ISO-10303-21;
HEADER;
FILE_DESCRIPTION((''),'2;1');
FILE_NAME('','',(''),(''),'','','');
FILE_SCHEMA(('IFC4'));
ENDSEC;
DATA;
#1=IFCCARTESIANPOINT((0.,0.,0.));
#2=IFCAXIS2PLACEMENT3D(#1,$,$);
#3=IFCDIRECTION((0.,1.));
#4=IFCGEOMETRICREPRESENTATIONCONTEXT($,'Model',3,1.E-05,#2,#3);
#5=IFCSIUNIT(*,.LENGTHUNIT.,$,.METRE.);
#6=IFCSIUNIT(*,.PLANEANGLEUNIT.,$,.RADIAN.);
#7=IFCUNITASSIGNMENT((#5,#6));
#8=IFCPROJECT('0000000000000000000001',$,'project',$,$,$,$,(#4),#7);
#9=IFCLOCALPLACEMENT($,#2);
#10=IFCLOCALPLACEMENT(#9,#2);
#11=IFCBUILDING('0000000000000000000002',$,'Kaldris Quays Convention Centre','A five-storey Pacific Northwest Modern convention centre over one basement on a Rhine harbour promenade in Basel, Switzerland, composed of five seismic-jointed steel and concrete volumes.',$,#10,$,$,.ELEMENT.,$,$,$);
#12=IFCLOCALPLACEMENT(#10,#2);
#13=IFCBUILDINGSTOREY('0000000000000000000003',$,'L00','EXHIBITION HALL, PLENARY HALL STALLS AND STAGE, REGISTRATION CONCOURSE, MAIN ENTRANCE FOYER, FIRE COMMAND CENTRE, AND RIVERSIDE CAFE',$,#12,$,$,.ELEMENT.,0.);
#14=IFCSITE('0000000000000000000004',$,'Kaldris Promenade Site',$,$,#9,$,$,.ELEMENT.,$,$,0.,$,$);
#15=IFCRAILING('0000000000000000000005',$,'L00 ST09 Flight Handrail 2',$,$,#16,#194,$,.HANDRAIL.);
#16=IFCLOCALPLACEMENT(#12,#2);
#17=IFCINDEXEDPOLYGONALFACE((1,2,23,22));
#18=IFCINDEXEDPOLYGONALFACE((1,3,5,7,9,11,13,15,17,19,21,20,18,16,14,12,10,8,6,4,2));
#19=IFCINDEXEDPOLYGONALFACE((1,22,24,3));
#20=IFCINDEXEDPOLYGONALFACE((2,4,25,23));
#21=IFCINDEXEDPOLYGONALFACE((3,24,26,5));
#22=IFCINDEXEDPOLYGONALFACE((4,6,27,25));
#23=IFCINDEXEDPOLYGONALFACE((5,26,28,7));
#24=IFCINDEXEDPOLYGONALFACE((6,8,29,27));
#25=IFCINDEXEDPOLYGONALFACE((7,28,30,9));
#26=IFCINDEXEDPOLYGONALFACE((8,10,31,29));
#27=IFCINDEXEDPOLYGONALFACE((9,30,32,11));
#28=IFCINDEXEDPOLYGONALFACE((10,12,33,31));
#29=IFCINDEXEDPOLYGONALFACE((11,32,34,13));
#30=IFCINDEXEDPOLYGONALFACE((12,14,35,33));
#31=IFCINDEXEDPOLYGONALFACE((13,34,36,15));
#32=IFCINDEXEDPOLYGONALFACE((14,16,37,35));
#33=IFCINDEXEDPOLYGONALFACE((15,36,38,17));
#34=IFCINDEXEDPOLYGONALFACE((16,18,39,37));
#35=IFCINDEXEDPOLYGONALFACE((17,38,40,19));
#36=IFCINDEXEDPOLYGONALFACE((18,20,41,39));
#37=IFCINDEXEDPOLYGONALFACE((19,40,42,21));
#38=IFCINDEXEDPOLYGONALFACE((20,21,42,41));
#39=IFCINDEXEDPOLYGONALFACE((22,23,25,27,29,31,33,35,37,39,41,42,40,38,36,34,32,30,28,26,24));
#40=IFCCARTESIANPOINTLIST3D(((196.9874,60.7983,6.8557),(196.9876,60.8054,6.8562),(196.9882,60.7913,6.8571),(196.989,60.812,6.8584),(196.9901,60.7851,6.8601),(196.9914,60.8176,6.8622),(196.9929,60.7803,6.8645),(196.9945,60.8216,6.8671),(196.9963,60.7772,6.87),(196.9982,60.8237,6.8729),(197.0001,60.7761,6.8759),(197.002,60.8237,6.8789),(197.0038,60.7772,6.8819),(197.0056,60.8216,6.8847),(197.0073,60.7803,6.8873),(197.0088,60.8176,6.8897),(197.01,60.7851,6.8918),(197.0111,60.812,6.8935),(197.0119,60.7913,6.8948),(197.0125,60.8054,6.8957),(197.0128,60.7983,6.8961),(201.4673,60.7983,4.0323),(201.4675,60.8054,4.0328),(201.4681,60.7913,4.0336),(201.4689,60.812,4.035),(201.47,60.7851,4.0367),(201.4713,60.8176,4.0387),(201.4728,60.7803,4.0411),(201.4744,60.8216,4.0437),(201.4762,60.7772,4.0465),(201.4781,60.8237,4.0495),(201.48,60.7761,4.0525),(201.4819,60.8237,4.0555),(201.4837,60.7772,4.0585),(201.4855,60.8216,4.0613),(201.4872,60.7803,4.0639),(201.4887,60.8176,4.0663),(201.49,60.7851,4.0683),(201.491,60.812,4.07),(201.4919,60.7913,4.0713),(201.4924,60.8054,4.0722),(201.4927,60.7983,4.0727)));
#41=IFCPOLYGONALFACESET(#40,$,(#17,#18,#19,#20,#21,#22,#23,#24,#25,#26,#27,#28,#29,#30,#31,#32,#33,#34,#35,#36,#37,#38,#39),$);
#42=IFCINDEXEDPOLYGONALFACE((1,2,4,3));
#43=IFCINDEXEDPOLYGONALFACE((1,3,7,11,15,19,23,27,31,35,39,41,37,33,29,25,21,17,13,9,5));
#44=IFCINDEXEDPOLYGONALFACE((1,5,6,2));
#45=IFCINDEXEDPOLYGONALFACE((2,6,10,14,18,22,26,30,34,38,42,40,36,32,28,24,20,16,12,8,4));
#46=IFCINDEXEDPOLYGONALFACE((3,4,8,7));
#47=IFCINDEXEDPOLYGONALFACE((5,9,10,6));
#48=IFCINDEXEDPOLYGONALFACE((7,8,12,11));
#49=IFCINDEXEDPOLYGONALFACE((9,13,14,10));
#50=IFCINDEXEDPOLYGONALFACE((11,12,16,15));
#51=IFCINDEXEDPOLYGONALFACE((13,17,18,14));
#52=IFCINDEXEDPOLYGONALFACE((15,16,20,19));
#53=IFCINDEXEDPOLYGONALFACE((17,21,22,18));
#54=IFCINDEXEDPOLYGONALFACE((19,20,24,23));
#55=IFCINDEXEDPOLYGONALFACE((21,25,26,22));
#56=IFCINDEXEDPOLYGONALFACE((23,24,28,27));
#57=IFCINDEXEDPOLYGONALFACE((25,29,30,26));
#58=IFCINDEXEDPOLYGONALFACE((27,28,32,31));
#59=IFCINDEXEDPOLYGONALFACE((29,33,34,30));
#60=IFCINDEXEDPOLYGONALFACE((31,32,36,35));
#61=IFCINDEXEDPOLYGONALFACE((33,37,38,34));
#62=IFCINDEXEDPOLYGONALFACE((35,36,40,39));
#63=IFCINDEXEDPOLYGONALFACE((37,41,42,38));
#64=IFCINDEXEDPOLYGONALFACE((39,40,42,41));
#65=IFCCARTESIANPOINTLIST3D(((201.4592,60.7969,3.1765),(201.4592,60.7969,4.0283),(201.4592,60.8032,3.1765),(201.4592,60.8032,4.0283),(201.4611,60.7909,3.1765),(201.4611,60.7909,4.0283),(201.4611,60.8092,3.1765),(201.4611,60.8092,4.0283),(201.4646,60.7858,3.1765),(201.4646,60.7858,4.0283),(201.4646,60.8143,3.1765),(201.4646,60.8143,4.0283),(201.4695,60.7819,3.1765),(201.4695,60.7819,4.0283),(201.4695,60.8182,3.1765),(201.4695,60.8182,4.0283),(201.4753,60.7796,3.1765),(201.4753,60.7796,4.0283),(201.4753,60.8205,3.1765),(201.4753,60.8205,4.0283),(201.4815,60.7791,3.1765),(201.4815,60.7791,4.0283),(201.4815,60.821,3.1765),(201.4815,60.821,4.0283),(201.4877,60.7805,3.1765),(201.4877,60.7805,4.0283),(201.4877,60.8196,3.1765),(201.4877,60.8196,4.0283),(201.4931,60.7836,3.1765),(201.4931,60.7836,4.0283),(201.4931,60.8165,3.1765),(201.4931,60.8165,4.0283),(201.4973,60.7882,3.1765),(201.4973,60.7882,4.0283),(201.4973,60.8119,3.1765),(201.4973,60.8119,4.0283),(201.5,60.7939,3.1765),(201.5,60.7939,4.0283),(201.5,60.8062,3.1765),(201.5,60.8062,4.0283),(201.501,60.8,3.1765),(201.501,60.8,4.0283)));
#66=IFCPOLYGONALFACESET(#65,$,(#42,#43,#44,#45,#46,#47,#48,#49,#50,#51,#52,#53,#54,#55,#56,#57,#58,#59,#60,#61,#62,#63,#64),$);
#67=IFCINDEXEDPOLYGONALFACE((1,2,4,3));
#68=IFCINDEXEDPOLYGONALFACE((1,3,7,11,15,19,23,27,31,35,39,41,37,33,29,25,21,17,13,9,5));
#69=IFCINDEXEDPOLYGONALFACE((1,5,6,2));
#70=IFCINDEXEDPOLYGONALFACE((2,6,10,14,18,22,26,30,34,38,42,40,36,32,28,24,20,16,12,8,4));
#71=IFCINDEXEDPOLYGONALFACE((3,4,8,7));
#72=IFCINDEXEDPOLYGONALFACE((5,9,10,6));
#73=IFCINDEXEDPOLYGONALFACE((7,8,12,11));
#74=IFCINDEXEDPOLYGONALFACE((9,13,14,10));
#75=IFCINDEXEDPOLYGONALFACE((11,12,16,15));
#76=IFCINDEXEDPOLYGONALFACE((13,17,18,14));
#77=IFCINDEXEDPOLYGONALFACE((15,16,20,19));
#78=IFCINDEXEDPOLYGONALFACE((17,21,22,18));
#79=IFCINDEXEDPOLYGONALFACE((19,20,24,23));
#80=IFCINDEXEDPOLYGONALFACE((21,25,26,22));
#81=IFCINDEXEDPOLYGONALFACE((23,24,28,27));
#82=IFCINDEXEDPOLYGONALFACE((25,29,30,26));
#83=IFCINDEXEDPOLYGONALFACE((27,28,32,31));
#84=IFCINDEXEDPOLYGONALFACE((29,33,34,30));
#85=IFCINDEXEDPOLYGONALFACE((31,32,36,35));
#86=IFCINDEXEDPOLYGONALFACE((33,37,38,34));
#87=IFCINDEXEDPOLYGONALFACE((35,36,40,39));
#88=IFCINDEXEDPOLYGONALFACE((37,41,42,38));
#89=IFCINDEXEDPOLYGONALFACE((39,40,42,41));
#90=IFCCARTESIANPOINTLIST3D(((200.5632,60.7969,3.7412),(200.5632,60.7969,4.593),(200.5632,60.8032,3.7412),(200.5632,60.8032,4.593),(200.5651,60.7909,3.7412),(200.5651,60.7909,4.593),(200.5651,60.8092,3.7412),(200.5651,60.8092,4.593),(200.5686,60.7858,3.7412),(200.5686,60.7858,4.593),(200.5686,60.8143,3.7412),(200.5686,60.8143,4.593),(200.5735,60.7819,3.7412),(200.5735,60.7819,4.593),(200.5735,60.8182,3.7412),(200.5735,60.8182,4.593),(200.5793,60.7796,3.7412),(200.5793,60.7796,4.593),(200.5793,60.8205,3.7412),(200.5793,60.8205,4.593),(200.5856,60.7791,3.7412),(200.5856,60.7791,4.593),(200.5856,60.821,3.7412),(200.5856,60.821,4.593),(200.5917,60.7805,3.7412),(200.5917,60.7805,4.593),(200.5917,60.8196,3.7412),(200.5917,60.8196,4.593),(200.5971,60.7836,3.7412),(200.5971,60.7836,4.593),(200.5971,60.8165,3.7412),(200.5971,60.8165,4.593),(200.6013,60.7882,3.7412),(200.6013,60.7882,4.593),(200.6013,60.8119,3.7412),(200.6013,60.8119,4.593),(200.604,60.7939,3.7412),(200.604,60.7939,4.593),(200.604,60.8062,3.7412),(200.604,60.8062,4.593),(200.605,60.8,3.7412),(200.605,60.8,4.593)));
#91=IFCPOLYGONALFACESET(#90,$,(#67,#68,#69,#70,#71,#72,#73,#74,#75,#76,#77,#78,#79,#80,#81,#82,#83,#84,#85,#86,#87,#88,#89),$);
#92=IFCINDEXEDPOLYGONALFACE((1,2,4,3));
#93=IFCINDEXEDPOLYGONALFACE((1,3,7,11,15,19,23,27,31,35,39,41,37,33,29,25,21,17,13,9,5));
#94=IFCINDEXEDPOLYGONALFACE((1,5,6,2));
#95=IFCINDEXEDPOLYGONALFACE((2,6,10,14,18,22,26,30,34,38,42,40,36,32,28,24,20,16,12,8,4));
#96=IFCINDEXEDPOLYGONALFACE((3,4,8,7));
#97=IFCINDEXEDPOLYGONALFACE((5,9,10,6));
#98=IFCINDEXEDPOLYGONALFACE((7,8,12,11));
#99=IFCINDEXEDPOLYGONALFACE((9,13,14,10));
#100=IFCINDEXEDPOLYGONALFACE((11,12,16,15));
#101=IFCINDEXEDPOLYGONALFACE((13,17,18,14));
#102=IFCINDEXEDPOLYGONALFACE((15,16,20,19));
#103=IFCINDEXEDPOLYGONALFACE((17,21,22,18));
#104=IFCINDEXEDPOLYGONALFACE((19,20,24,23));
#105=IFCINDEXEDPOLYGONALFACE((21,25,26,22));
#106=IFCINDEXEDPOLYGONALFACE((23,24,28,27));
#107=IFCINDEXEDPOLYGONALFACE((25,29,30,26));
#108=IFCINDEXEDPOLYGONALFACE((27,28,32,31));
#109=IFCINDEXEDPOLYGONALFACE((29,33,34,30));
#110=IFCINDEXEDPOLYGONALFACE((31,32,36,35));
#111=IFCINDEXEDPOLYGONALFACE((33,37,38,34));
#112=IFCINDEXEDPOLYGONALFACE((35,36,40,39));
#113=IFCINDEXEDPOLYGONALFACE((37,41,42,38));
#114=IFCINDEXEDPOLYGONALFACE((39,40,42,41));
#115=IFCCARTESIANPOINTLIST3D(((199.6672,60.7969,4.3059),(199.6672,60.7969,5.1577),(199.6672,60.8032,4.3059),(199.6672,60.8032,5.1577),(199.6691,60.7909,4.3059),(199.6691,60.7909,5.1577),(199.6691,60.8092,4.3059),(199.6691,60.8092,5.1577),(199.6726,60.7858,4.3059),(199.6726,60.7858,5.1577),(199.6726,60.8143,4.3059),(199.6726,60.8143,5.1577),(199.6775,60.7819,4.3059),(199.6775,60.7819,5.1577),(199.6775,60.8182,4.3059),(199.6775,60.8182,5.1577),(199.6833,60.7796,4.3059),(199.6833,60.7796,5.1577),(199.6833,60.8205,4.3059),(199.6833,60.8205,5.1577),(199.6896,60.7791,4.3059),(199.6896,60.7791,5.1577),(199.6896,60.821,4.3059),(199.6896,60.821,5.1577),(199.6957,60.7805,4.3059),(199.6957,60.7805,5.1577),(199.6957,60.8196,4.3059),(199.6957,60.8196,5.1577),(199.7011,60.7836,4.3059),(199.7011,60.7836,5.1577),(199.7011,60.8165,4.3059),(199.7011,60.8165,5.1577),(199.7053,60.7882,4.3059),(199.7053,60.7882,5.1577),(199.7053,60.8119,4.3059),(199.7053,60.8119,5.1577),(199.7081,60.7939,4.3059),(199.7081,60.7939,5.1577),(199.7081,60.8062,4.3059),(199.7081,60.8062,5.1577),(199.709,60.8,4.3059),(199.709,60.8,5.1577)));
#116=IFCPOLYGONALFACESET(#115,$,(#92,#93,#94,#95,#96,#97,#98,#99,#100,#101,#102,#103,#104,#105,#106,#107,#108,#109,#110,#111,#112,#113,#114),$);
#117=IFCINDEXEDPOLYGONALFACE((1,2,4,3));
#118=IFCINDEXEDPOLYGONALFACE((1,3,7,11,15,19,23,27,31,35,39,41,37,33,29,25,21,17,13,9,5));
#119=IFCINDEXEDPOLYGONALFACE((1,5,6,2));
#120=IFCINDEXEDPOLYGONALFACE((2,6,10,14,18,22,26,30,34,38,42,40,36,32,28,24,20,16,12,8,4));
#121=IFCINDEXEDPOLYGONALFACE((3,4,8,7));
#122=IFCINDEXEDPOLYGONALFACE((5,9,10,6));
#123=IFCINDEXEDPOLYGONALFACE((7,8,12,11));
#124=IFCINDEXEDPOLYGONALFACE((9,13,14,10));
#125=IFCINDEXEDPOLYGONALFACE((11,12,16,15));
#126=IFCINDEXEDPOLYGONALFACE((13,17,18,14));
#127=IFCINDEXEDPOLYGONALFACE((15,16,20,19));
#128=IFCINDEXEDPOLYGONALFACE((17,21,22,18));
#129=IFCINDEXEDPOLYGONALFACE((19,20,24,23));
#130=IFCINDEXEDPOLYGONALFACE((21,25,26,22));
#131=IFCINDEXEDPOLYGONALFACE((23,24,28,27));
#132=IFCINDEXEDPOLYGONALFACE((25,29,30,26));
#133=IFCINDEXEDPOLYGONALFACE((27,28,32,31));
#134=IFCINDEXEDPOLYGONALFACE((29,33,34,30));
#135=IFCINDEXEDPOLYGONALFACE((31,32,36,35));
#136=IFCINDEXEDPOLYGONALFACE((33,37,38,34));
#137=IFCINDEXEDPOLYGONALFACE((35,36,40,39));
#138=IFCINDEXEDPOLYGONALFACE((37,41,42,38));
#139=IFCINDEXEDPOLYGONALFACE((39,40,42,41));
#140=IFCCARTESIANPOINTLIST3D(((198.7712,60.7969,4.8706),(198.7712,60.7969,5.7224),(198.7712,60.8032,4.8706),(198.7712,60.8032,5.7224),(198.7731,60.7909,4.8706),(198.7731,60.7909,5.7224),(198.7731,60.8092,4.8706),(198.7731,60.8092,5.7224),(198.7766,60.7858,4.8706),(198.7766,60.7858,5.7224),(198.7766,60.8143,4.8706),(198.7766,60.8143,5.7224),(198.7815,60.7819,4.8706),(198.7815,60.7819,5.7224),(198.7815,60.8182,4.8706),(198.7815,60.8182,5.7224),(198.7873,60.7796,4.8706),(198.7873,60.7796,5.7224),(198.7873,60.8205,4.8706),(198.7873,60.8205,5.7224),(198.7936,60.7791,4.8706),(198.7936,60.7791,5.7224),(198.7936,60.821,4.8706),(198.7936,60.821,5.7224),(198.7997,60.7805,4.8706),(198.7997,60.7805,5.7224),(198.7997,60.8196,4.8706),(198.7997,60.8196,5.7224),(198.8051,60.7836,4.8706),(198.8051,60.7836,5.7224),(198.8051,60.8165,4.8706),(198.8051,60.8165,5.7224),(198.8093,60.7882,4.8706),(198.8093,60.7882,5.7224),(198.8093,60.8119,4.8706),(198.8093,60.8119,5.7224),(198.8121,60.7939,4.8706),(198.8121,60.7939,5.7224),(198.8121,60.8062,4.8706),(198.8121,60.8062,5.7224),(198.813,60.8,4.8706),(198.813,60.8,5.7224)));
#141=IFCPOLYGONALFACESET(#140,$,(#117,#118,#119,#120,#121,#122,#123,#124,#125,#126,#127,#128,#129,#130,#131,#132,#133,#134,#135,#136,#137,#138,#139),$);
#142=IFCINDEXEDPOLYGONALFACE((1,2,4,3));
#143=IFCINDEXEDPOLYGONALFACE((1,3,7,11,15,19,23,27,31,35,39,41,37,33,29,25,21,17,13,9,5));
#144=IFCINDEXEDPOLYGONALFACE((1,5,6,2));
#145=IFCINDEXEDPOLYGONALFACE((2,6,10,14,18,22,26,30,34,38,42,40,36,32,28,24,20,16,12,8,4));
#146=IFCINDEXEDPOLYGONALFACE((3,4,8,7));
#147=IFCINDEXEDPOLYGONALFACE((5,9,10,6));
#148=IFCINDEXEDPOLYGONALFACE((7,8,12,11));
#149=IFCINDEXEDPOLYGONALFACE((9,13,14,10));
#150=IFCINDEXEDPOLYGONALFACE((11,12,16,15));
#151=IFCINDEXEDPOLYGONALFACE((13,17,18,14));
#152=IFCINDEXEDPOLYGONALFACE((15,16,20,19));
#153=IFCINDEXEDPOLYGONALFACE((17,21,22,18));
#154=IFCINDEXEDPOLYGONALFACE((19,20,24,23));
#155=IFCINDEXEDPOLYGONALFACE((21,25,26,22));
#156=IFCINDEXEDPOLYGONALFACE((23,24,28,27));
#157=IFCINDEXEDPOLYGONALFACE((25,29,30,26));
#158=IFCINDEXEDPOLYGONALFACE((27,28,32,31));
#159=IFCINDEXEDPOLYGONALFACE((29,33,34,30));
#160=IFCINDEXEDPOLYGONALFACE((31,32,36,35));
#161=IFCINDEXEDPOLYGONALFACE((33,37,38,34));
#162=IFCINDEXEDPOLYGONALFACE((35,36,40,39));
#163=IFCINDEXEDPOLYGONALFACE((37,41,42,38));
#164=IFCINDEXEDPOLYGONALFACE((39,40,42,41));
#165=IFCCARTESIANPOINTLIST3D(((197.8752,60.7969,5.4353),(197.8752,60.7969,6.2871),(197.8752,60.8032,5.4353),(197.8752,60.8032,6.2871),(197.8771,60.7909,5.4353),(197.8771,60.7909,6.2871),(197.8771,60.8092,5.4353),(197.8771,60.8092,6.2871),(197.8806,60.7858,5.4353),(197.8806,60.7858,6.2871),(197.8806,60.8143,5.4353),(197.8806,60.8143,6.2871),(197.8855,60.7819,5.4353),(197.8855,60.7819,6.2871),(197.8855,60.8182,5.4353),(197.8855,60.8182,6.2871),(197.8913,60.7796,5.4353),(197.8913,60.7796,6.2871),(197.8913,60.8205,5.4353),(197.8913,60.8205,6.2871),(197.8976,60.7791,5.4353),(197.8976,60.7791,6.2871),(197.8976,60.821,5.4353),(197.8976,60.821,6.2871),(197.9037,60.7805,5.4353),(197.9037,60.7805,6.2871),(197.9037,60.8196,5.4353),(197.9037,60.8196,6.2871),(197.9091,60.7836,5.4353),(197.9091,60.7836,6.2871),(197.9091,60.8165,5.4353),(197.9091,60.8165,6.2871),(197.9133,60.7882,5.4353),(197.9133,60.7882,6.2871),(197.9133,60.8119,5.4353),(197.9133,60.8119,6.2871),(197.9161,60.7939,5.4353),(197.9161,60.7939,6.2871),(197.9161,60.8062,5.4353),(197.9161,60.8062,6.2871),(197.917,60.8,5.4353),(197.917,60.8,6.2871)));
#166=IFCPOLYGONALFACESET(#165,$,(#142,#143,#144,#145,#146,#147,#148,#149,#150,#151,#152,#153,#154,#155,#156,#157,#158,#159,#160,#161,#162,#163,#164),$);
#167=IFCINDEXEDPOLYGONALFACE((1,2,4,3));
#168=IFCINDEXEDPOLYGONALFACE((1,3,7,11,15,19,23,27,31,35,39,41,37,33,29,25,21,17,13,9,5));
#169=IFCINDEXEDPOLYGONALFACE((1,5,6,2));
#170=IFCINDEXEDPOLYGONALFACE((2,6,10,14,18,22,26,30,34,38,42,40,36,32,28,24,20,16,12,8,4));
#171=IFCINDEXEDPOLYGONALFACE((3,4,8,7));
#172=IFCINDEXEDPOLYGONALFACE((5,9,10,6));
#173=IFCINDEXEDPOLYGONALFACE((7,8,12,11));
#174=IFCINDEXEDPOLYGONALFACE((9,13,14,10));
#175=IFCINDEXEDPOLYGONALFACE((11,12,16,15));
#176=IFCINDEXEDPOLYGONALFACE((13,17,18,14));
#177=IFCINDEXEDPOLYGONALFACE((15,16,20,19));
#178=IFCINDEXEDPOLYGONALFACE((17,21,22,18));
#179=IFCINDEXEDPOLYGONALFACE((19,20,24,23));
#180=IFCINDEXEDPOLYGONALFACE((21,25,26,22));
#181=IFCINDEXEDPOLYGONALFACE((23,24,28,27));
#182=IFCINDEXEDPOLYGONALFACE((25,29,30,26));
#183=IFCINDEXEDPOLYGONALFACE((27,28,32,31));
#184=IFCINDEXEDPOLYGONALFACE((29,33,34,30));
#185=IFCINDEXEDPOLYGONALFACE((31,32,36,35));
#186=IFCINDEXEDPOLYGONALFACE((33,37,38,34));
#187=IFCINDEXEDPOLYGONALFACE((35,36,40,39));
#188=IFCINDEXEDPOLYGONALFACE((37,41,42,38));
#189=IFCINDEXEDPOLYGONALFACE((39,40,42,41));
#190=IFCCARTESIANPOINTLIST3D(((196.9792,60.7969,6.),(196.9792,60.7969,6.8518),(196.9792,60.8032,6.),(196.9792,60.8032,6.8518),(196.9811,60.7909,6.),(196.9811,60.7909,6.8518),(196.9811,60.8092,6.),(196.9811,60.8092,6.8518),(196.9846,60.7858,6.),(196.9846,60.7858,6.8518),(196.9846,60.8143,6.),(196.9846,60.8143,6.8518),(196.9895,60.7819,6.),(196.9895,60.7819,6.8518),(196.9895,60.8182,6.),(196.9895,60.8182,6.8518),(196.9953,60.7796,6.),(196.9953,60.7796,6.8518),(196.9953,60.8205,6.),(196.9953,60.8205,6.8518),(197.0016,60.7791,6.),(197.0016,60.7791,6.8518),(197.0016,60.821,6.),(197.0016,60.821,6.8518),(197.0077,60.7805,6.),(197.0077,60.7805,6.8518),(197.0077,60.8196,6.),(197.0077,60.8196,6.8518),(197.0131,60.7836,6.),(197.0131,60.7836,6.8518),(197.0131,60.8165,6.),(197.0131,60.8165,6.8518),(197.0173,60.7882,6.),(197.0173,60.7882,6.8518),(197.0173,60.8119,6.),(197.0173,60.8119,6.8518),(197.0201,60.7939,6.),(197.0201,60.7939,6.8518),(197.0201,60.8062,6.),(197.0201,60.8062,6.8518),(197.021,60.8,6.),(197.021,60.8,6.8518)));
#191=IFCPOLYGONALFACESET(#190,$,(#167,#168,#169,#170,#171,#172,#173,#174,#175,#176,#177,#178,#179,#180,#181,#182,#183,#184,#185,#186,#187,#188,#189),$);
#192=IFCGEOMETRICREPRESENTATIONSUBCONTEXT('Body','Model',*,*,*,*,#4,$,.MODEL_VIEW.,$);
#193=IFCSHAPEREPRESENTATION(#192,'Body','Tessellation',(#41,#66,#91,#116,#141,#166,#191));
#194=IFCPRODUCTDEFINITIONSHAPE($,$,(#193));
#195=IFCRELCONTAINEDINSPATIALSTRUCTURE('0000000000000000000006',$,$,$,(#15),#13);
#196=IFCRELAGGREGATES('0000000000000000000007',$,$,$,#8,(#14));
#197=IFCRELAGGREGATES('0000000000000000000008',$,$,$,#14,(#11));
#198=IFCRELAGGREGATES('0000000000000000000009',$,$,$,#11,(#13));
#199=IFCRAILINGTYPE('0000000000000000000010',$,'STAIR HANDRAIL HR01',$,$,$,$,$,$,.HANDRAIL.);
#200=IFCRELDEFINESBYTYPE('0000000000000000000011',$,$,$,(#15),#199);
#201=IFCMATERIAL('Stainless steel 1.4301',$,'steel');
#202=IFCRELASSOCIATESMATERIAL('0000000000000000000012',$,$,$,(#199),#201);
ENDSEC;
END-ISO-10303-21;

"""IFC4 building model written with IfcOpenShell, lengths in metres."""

from ifc_helpers import new_model, si_unit, direction, frame, origin, origin_2d, place, context, subcontext, project, spatial, circle, extrude, material, type_object, element, save


model = new_model("IFC4")

# Units and contexts
model_context = context("Model", 3, precision=1e-05, world=origin(), true_north=direction((0.0, 1.0)))
body_context = subcontext(model_context, "Body", "Model", "MODEL_VIEW")
ifc_project = project(units=[si_unit("LENGTHUNIT", "METRE"), si_unit("PLANEANGLEUNIT", "RADIAN")], contexts=[model_context])

# Site, building, storey
site_placement = place(None, origin())
site = spatial("IfcSite", under=ifc_project, at=site_placement, Name="Kaldris Promenade Site", CompositionType="ELEMENT", RefElevation=0.0)
building_placement = place(site_placement, origin())
building = spatial("IfcBuilding", under=site, at=building_placement, Name="Kaldris Quays Convention Centre", Description="A five-storey Pacific Northwest Modern convention centre over one basement on a Rhine harbour promenade in Basel, Switzerland, composed of five seismic-jointed steel and concrete volumes.", CompositionType="ELEMENT")
storey_placement = place(building_placement, origin())
storey = spatial("IfcBuildingStorey", under=building, at=storey_placement, Name="L00", Description="EXHIBITION HALL, PLENARY HALL STALLS AND STAGE, REGISTRATION CONCOURSE, MAIN ENTRANCE FOYER, FIRE COMMAND CENTRE, AND RIVERSIDE CAFE", CompositionType="ELEMENT", Elevation=0.0)

# Railing
ifc_material_1 = material(Name="Stainless steel 1.4301", Category="steel")
railing_type_1 = type_object("IfcRailingType", Name="STAIR HANDRAIL HR01", PredefinedType="HANDRAIL", material=ifc_material_1)
railing_1_placement = place(storey_placement, frame((201.48, 60.8, 3.1765)))
element("IfcRailing", 1, at=railing_1_placement, inside=storey, type_object=railing_type_1, Name="L00 ST09 Flight Handrail 2", PredefinedType="HANDRAIL", context=body_context, shape_type="SweptSolid", body=[
    extrude(circle(Radius=0.0239, at=origin_2d()), frame((0.0, 0.0, 0.876), z_axis=(-0.845998, 0.0, 0.533186), x_axis=(0.0, -1.0, 0.0)), (0.0, 0.0, 1.0), 5.2954),
    extrude(circle(Radius=0.021, at=origin_2d()), origin(), (0.0, 0.0, 1.0), 0.8518),
    extrude(circle(Radius=0.021, at=origin_2d()), frame((-0.896, 0.0, 0.5647)), (0.0, 0.0, 1.0), 0.8518),
    extrude(circle(Radius=0.021, at=origin_2d()), frame((-1.792, 0.0, 1.1294)), (0.0, 0.0, 1.0), 0.8518),
    extrude(circle(Radius=0.021, at=origin_2d()), frame((-2.688, 0.0, 1.6941)), (0.0, 0.0, 1.0), 0.8518),
    extrude(circle(Radius=0.021, at=origin_2d()), frame((-3.584, 0.0, 2.2588)), (0.0, 0.0, 1.0), 0.8518),
    extrude(circle(Radius=0.021, at=origin_2d()), frame((-4.48, 0.0, 2.8235)), (0.0, 0.0, 1.0), 0.8518),
])

save(model, "model.ifc")
